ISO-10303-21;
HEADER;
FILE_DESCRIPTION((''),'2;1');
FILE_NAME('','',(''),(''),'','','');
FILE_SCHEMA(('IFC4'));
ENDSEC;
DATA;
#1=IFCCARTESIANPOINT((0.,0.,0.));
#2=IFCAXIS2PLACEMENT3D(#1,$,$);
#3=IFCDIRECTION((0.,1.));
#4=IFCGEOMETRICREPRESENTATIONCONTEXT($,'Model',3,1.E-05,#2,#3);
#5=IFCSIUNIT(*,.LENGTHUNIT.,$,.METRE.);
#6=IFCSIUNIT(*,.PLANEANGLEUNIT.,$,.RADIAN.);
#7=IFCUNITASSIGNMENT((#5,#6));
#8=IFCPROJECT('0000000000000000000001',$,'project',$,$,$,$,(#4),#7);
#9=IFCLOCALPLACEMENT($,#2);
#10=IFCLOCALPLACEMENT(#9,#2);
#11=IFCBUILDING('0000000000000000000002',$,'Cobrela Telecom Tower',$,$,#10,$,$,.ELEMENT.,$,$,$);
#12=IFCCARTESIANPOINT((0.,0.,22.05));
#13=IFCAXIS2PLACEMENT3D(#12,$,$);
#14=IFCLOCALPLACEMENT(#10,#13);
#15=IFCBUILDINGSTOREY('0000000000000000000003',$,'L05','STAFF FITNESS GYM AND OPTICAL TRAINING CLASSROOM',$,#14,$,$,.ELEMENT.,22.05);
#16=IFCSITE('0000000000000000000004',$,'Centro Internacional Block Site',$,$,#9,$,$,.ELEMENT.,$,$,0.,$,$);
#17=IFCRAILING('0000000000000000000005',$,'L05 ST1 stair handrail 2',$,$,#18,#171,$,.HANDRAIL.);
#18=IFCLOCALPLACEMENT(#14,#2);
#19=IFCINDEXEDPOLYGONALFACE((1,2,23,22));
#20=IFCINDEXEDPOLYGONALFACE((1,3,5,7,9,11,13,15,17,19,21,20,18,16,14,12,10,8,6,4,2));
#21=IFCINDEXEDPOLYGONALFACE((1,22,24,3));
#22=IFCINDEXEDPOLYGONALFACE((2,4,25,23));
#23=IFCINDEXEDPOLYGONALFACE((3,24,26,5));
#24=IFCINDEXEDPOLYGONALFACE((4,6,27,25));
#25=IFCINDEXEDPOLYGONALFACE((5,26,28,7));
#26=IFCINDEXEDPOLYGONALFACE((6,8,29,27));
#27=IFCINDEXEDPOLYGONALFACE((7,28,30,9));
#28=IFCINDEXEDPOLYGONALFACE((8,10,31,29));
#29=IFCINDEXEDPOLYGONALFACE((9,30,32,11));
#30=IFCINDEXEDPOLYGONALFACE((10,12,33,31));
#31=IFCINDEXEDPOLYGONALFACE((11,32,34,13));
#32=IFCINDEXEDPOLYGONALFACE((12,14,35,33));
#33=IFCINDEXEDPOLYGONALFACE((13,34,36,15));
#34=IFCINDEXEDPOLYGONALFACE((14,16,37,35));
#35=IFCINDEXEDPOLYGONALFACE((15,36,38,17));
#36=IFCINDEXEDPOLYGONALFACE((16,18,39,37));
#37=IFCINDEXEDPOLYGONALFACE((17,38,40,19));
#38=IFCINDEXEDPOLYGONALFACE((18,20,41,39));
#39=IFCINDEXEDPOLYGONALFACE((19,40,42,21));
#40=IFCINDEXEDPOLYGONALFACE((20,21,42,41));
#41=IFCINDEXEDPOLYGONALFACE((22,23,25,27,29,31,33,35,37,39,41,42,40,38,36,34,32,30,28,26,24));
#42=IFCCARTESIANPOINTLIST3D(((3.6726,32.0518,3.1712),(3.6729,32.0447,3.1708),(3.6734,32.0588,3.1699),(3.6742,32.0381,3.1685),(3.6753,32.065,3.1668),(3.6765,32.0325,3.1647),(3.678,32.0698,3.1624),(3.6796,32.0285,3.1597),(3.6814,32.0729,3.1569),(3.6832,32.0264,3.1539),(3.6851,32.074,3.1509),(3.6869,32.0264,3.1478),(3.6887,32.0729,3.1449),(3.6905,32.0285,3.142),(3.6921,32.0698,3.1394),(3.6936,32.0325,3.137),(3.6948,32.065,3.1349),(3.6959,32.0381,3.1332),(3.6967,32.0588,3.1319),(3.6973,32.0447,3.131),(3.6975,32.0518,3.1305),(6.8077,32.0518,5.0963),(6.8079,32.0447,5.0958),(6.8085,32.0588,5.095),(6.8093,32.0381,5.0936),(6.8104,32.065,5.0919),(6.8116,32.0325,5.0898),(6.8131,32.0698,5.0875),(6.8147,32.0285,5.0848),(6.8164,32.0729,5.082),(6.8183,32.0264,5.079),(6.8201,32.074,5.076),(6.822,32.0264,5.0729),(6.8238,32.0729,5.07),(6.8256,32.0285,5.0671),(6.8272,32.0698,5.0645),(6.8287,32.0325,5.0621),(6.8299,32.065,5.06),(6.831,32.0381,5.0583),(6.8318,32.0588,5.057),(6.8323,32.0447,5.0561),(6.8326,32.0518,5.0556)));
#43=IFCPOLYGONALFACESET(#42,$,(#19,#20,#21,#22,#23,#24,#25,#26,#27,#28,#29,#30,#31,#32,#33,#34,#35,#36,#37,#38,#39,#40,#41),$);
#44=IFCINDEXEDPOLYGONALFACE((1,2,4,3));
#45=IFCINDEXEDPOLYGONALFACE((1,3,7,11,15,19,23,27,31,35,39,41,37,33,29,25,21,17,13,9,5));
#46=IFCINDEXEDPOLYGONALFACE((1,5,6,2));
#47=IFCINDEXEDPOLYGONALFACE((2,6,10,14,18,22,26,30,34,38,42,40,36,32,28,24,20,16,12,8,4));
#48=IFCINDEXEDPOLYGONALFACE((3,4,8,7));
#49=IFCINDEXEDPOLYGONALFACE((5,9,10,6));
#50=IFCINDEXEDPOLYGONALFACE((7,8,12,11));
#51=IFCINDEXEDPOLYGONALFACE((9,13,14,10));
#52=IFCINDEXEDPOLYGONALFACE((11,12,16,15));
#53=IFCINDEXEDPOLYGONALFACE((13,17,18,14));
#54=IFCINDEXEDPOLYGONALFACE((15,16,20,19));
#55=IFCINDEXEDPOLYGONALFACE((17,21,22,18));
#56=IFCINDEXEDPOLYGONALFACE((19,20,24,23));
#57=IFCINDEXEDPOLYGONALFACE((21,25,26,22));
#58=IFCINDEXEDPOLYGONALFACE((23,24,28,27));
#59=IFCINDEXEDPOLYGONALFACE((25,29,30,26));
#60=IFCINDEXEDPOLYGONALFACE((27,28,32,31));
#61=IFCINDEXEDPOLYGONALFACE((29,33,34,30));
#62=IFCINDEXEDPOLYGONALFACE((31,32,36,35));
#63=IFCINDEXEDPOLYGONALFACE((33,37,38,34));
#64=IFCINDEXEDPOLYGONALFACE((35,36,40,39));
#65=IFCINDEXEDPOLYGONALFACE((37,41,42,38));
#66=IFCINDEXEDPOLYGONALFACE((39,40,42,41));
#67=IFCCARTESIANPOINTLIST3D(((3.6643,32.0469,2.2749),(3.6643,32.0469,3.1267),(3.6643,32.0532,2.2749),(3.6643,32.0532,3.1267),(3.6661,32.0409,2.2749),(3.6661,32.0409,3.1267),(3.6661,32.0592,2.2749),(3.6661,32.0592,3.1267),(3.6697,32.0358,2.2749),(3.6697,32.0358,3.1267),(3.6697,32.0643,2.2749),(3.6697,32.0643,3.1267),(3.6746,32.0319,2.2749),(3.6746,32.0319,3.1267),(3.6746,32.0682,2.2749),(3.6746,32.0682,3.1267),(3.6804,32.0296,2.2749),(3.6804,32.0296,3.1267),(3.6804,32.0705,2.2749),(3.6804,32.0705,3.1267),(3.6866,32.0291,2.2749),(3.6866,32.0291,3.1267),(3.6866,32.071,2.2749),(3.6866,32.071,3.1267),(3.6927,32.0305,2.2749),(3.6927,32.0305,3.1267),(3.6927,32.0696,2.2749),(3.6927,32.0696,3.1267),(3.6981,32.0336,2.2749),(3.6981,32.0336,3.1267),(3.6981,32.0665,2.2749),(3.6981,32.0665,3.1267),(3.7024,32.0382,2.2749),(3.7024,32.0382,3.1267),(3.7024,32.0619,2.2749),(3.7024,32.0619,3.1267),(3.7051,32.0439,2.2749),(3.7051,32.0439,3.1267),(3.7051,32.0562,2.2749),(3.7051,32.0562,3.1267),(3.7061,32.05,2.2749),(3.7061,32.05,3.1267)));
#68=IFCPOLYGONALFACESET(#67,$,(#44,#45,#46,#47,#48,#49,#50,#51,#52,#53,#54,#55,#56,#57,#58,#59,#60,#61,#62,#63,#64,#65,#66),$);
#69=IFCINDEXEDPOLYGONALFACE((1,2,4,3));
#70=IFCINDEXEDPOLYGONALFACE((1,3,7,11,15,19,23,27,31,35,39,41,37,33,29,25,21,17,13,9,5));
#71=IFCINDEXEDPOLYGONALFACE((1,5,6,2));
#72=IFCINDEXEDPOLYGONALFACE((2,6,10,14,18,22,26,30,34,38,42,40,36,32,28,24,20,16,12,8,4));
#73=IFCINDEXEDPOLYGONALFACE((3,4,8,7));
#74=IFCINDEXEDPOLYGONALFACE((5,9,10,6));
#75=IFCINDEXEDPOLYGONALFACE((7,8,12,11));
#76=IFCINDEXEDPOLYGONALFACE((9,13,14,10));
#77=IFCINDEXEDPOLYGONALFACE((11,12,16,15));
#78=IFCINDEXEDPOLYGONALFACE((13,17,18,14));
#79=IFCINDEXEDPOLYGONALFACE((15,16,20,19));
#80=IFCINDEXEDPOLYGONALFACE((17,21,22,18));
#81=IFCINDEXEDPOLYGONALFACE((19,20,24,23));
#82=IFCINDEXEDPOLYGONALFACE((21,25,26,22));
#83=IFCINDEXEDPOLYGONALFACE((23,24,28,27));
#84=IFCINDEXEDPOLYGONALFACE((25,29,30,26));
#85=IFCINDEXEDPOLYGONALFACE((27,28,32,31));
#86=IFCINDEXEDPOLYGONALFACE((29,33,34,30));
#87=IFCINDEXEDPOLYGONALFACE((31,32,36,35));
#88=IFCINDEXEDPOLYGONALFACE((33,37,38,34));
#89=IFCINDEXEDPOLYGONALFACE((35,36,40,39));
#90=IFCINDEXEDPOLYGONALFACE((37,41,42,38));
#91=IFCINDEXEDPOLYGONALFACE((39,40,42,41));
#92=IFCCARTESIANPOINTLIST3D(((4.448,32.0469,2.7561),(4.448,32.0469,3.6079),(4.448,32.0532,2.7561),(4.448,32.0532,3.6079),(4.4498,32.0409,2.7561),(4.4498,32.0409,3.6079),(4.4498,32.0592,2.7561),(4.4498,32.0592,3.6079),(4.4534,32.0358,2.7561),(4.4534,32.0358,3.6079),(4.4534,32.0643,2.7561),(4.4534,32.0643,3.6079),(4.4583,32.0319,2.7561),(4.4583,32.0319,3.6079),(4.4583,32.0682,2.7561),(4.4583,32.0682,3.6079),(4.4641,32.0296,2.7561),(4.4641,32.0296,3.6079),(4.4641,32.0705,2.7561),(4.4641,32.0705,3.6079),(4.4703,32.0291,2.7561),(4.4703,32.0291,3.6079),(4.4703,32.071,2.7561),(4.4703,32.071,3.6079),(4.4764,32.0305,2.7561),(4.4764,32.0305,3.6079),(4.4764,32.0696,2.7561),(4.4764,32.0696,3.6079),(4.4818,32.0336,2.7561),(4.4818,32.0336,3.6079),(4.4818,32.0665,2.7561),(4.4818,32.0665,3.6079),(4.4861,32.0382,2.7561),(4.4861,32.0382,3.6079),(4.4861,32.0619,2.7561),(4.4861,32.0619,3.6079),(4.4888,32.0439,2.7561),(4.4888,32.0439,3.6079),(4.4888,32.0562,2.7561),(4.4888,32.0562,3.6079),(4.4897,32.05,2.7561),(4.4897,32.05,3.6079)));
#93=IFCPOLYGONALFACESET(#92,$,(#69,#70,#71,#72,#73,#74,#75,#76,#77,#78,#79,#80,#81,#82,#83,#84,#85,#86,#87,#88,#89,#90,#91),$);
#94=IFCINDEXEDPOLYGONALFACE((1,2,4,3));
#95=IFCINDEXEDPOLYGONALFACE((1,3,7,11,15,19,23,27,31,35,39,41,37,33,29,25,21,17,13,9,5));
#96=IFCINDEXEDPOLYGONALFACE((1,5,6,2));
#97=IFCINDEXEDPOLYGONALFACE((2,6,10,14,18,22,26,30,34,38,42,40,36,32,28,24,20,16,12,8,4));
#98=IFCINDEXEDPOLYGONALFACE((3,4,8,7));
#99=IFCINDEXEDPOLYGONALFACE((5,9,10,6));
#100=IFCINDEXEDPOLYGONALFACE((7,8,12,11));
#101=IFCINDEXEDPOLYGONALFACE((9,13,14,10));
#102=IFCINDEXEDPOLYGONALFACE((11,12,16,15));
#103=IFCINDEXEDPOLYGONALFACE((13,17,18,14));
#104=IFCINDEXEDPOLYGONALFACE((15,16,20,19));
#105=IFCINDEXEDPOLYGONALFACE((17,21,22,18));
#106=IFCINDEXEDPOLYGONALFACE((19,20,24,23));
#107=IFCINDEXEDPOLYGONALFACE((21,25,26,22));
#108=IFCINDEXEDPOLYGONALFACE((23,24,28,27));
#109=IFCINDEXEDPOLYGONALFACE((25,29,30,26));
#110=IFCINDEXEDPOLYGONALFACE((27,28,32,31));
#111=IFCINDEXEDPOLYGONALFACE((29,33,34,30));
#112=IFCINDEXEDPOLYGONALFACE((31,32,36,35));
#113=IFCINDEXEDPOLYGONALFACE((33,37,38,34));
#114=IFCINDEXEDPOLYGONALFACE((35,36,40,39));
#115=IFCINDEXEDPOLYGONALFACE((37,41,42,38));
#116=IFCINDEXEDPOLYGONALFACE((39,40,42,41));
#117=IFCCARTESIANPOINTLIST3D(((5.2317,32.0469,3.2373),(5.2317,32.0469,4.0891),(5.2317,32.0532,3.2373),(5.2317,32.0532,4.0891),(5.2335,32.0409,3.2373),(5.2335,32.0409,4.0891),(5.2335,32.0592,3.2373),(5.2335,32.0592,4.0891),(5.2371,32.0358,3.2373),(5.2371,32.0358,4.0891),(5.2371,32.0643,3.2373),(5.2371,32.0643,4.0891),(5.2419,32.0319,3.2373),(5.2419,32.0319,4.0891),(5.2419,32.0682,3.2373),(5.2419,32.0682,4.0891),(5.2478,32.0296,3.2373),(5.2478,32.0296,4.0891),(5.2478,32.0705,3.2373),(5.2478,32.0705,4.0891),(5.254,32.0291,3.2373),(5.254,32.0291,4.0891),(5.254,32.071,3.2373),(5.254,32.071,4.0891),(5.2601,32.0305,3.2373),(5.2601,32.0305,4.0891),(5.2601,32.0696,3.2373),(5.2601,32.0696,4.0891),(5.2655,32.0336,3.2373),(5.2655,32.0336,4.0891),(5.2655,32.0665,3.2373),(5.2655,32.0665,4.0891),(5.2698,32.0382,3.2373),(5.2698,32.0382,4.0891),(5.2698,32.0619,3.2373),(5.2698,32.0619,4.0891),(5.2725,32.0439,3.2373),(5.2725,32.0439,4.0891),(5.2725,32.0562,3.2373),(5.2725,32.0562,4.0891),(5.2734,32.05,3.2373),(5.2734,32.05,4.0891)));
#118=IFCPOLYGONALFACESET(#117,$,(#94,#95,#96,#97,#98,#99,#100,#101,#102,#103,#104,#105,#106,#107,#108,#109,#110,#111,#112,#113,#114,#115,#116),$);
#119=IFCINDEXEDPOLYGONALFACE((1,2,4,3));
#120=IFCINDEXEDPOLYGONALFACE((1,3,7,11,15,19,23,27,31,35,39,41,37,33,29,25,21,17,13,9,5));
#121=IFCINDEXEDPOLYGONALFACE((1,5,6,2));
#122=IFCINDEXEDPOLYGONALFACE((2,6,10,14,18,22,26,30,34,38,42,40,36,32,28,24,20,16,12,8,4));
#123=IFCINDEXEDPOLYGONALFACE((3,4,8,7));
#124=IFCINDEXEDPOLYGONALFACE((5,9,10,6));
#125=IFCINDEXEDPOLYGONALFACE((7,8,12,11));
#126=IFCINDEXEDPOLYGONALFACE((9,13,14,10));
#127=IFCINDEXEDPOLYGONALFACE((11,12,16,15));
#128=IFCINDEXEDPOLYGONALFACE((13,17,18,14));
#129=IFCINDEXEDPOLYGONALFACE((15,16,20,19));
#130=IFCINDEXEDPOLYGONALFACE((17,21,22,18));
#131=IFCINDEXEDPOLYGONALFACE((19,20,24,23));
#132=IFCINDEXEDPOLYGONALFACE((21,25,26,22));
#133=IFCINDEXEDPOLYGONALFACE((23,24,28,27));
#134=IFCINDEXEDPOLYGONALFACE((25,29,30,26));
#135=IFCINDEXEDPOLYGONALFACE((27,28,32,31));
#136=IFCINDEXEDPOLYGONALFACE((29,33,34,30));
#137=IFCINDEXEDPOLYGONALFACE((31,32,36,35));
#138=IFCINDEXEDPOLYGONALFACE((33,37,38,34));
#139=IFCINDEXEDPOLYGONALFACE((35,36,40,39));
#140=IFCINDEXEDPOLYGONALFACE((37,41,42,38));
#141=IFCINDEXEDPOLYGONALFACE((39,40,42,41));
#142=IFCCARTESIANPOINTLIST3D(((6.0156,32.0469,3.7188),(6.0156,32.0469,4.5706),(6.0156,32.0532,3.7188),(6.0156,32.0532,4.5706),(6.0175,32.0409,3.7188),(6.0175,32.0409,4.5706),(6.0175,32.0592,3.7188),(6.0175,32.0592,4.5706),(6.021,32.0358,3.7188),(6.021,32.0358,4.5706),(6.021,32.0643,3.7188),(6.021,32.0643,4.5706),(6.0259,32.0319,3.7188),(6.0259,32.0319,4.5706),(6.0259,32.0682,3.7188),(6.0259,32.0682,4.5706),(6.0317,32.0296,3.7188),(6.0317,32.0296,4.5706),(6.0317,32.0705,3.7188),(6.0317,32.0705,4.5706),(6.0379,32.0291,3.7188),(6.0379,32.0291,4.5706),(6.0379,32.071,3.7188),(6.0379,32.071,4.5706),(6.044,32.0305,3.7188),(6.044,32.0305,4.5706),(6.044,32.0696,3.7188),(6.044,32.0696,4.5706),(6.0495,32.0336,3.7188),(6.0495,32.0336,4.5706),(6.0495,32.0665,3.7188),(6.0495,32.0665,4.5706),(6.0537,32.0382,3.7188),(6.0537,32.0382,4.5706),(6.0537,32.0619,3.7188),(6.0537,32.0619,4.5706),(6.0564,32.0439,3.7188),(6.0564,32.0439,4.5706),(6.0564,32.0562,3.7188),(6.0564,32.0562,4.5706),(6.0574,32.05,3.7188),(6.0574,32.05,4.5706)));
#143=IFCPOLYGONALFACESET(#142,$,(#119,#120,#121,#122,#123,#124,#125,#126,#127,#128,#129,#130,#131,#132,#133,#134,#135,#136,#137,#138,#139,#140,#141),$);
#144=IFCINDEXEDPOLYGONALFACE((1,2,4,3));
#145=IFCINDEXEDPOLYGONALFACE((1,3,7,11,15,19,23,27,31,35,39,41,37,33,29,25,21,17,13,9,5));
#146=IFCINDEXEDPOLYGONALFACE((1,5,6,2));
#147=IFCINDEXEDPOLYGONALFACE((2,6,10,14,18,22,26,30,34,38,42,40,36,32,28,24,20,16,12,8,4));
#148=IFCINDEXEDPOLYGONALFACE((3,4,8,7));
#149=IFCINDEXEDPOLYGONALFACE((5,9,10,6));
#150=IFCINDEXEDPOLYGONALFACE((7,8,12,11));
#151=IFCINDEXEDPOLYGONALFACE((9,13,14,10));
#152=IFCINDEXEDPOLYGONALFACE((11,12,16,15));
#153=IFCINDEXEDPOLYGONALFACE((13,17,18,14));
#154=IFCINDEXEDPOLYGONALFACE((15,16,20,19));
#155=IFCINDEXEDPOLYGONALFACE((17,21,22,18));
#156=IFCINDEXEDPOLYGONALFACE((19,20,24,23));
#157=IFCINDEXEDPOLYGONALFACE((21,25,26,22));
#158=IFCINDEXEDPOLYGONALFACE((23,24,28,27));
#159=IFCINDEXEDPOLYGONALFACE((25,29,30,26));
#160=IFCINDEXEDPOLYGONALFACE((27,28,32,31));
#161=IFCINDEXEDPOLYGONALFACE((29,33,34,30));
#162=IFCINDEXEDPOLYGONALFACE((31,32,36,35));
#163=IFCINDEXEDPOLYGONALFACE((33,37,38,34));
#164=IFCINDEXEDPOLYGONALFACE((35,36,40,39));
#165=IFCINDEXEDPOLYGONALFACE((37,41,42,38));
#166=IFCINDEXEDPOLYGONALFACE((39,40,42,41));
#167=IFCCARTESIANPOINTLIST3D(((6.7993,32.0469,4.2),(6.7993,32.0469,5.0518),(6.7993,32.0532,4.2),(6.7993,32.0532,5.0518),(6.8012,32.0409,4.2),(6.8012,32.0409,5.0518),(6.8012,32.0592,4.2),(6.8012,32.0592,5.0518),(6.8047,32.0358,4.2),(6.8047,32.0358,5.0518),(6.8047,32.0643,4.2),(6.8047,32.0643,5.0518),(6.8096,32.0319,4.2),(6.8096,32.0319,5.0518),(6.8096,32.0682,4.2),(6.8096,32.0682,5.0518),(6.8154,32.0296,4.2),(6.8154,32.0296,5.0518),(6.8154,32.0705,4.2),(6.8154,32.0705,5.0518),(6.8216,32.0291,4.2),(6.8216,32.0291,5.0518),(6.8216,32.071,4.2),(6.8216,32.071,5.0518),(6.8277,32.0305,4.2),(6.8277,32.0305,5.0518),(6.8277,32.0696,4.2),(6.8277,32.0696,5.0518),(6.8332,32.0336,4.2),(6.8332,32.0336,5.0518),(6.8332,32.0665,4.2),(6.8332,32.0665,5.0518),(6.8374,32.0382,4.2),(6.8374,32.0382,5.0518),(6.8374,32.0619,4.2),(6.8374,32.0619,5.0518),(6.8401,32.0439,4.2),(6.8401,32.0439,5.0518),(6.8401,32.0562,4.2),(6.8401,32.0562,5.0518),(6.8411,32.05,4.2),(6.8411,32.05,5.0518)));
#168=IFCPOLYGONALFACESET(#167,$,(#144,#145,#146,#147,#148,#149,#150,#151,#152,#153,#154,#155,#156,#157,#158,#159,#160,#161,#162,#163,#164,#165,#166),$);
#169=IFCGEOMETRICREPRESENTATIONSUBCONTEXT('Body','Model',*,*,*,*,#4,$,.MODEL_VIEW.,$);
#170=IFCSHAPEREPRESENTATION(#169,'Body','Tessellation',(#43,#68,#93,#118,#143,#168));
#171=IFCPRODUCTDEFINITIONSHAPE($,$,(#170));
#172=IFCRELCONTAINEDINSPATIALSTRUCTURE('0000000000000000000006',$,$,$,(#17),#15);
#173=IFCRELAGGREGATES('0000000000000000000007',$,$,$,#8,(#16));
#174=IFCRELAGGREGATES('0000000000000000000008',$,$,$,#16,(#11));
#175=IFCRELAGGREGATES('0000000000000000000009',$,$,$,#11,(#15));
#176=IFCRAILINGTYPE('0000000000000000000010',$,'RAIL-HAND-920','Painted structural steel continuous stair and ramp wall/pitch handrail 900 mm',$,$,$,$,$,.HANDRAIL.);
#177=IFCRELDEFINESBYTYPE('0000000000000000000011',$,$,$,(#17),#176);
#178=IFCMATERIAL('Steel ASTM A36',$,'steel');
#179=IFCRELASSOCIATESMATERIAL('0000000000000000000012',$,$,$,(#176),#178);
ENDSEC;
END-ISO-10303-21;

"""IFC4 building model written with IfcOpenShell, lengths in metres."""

from ifc_helpers import new_model, si_unit, direction, frame, origin, origin_2d, place, context, subcontext, project, spatial, circle, extrude, material, type_object, element, save


model = new_model("IFC4")

# Units and contexts
model_context = context("Model", 3, precision=1e-05, world=origin(), true_north=direction((0.0, 1.0)))
body_context = subcontext(model_context, "Body", "Model", "MODEL_VIEW")
ifc_project = project(units=[si_unit("LENGTHUNIT", "METRE"), si_unit("PLANEANGLEUNIT", "RADIAN")], contexts=[model_context])

# Site, building, storey
site_placement = place(None, origin())
site = spatial("IfcSite", under=ifc_project, at=site_placement, Name="Centro Internacional Block Site", CompositionType="ELEMENT", RefElevation=0.0)
building_placement = place(site_placement, origin())
building = spatial("IfcBuilding", under=site, at=building_placement, Name="Cobrela Telecom Tower", CompositionType="ELEMENT")
storey_placement = place(building_placement, frame((0.0, 0.0, 22.05)))
storey = spatial("IfcBuildingStorey", under=building, at=storey_placement, Name="L05", Description="STAFF FITNESS GYM AND OPTICAL TRAINING CLASSROOM", CompositionType="ELEMENT", Elevation=22.05)

# Shared definitions
ifc_material_1 = material(Name="Steel ASTM A36", Category="steel")

# Railing
railing_type_1 = type_object("IfcRailingType", Name="RAIL-HAND-920", Description="Painted structural steel continuous stair and ramp wall/pitch handrail 900 mm", PredefinedType="HANDRAIL", material=ifc_material_1)
railing_1_placement = place(storey_placement, frame((3.6851, 32.05, 2.2749)))
element("IfcRailing", 1, at=railing_1_placement, inside=storey, type_object=railing_type_1, Name="L05 ST1 stair handrail 2", PredefinedType="HANDRAIL", context=body_context, shape_type="SweptSolid", body=[
    extrude(circle(Radius=0.0239, at=origin_2d()), frame((0.0, 0.0, 0.876), z_axis=(0.852166, 0.0, 0.523271), x_axis=(0.0, 1.0, 0.0)), (0.0, 0.0, 1.0), 3.679),
    extrude(circle(Radius=0.021, at=origin_2d()), origin(), (0.0, 0.0, 1.0), 0.8518),
    extrude(circle(Radius=0.021, at=origin_2d()), frame((0.7837, 0.0, 0.4812)), (0.0, 0.0, 1.0), 0.8518),
    extrude(circle(Radius=0.021, at=origin_2d()), frame((1.5674, 0.0, 0.9624)), (0.0, 0.0, 1.0), 0.8518),
    extrude(circle(Radius=0.021, at=origin_2d()), frame((2.3513, 0.0, 1.4438)), (0.0, 0.0, 1.0), 0.8518),
    extrude(circle(Radius=0.021, at=origin_2d()), frame((3.135, 0.0, 1.925)), (0.0, 0.0, 1.0), 0.8518),
])

save(model, "model.ifc")
